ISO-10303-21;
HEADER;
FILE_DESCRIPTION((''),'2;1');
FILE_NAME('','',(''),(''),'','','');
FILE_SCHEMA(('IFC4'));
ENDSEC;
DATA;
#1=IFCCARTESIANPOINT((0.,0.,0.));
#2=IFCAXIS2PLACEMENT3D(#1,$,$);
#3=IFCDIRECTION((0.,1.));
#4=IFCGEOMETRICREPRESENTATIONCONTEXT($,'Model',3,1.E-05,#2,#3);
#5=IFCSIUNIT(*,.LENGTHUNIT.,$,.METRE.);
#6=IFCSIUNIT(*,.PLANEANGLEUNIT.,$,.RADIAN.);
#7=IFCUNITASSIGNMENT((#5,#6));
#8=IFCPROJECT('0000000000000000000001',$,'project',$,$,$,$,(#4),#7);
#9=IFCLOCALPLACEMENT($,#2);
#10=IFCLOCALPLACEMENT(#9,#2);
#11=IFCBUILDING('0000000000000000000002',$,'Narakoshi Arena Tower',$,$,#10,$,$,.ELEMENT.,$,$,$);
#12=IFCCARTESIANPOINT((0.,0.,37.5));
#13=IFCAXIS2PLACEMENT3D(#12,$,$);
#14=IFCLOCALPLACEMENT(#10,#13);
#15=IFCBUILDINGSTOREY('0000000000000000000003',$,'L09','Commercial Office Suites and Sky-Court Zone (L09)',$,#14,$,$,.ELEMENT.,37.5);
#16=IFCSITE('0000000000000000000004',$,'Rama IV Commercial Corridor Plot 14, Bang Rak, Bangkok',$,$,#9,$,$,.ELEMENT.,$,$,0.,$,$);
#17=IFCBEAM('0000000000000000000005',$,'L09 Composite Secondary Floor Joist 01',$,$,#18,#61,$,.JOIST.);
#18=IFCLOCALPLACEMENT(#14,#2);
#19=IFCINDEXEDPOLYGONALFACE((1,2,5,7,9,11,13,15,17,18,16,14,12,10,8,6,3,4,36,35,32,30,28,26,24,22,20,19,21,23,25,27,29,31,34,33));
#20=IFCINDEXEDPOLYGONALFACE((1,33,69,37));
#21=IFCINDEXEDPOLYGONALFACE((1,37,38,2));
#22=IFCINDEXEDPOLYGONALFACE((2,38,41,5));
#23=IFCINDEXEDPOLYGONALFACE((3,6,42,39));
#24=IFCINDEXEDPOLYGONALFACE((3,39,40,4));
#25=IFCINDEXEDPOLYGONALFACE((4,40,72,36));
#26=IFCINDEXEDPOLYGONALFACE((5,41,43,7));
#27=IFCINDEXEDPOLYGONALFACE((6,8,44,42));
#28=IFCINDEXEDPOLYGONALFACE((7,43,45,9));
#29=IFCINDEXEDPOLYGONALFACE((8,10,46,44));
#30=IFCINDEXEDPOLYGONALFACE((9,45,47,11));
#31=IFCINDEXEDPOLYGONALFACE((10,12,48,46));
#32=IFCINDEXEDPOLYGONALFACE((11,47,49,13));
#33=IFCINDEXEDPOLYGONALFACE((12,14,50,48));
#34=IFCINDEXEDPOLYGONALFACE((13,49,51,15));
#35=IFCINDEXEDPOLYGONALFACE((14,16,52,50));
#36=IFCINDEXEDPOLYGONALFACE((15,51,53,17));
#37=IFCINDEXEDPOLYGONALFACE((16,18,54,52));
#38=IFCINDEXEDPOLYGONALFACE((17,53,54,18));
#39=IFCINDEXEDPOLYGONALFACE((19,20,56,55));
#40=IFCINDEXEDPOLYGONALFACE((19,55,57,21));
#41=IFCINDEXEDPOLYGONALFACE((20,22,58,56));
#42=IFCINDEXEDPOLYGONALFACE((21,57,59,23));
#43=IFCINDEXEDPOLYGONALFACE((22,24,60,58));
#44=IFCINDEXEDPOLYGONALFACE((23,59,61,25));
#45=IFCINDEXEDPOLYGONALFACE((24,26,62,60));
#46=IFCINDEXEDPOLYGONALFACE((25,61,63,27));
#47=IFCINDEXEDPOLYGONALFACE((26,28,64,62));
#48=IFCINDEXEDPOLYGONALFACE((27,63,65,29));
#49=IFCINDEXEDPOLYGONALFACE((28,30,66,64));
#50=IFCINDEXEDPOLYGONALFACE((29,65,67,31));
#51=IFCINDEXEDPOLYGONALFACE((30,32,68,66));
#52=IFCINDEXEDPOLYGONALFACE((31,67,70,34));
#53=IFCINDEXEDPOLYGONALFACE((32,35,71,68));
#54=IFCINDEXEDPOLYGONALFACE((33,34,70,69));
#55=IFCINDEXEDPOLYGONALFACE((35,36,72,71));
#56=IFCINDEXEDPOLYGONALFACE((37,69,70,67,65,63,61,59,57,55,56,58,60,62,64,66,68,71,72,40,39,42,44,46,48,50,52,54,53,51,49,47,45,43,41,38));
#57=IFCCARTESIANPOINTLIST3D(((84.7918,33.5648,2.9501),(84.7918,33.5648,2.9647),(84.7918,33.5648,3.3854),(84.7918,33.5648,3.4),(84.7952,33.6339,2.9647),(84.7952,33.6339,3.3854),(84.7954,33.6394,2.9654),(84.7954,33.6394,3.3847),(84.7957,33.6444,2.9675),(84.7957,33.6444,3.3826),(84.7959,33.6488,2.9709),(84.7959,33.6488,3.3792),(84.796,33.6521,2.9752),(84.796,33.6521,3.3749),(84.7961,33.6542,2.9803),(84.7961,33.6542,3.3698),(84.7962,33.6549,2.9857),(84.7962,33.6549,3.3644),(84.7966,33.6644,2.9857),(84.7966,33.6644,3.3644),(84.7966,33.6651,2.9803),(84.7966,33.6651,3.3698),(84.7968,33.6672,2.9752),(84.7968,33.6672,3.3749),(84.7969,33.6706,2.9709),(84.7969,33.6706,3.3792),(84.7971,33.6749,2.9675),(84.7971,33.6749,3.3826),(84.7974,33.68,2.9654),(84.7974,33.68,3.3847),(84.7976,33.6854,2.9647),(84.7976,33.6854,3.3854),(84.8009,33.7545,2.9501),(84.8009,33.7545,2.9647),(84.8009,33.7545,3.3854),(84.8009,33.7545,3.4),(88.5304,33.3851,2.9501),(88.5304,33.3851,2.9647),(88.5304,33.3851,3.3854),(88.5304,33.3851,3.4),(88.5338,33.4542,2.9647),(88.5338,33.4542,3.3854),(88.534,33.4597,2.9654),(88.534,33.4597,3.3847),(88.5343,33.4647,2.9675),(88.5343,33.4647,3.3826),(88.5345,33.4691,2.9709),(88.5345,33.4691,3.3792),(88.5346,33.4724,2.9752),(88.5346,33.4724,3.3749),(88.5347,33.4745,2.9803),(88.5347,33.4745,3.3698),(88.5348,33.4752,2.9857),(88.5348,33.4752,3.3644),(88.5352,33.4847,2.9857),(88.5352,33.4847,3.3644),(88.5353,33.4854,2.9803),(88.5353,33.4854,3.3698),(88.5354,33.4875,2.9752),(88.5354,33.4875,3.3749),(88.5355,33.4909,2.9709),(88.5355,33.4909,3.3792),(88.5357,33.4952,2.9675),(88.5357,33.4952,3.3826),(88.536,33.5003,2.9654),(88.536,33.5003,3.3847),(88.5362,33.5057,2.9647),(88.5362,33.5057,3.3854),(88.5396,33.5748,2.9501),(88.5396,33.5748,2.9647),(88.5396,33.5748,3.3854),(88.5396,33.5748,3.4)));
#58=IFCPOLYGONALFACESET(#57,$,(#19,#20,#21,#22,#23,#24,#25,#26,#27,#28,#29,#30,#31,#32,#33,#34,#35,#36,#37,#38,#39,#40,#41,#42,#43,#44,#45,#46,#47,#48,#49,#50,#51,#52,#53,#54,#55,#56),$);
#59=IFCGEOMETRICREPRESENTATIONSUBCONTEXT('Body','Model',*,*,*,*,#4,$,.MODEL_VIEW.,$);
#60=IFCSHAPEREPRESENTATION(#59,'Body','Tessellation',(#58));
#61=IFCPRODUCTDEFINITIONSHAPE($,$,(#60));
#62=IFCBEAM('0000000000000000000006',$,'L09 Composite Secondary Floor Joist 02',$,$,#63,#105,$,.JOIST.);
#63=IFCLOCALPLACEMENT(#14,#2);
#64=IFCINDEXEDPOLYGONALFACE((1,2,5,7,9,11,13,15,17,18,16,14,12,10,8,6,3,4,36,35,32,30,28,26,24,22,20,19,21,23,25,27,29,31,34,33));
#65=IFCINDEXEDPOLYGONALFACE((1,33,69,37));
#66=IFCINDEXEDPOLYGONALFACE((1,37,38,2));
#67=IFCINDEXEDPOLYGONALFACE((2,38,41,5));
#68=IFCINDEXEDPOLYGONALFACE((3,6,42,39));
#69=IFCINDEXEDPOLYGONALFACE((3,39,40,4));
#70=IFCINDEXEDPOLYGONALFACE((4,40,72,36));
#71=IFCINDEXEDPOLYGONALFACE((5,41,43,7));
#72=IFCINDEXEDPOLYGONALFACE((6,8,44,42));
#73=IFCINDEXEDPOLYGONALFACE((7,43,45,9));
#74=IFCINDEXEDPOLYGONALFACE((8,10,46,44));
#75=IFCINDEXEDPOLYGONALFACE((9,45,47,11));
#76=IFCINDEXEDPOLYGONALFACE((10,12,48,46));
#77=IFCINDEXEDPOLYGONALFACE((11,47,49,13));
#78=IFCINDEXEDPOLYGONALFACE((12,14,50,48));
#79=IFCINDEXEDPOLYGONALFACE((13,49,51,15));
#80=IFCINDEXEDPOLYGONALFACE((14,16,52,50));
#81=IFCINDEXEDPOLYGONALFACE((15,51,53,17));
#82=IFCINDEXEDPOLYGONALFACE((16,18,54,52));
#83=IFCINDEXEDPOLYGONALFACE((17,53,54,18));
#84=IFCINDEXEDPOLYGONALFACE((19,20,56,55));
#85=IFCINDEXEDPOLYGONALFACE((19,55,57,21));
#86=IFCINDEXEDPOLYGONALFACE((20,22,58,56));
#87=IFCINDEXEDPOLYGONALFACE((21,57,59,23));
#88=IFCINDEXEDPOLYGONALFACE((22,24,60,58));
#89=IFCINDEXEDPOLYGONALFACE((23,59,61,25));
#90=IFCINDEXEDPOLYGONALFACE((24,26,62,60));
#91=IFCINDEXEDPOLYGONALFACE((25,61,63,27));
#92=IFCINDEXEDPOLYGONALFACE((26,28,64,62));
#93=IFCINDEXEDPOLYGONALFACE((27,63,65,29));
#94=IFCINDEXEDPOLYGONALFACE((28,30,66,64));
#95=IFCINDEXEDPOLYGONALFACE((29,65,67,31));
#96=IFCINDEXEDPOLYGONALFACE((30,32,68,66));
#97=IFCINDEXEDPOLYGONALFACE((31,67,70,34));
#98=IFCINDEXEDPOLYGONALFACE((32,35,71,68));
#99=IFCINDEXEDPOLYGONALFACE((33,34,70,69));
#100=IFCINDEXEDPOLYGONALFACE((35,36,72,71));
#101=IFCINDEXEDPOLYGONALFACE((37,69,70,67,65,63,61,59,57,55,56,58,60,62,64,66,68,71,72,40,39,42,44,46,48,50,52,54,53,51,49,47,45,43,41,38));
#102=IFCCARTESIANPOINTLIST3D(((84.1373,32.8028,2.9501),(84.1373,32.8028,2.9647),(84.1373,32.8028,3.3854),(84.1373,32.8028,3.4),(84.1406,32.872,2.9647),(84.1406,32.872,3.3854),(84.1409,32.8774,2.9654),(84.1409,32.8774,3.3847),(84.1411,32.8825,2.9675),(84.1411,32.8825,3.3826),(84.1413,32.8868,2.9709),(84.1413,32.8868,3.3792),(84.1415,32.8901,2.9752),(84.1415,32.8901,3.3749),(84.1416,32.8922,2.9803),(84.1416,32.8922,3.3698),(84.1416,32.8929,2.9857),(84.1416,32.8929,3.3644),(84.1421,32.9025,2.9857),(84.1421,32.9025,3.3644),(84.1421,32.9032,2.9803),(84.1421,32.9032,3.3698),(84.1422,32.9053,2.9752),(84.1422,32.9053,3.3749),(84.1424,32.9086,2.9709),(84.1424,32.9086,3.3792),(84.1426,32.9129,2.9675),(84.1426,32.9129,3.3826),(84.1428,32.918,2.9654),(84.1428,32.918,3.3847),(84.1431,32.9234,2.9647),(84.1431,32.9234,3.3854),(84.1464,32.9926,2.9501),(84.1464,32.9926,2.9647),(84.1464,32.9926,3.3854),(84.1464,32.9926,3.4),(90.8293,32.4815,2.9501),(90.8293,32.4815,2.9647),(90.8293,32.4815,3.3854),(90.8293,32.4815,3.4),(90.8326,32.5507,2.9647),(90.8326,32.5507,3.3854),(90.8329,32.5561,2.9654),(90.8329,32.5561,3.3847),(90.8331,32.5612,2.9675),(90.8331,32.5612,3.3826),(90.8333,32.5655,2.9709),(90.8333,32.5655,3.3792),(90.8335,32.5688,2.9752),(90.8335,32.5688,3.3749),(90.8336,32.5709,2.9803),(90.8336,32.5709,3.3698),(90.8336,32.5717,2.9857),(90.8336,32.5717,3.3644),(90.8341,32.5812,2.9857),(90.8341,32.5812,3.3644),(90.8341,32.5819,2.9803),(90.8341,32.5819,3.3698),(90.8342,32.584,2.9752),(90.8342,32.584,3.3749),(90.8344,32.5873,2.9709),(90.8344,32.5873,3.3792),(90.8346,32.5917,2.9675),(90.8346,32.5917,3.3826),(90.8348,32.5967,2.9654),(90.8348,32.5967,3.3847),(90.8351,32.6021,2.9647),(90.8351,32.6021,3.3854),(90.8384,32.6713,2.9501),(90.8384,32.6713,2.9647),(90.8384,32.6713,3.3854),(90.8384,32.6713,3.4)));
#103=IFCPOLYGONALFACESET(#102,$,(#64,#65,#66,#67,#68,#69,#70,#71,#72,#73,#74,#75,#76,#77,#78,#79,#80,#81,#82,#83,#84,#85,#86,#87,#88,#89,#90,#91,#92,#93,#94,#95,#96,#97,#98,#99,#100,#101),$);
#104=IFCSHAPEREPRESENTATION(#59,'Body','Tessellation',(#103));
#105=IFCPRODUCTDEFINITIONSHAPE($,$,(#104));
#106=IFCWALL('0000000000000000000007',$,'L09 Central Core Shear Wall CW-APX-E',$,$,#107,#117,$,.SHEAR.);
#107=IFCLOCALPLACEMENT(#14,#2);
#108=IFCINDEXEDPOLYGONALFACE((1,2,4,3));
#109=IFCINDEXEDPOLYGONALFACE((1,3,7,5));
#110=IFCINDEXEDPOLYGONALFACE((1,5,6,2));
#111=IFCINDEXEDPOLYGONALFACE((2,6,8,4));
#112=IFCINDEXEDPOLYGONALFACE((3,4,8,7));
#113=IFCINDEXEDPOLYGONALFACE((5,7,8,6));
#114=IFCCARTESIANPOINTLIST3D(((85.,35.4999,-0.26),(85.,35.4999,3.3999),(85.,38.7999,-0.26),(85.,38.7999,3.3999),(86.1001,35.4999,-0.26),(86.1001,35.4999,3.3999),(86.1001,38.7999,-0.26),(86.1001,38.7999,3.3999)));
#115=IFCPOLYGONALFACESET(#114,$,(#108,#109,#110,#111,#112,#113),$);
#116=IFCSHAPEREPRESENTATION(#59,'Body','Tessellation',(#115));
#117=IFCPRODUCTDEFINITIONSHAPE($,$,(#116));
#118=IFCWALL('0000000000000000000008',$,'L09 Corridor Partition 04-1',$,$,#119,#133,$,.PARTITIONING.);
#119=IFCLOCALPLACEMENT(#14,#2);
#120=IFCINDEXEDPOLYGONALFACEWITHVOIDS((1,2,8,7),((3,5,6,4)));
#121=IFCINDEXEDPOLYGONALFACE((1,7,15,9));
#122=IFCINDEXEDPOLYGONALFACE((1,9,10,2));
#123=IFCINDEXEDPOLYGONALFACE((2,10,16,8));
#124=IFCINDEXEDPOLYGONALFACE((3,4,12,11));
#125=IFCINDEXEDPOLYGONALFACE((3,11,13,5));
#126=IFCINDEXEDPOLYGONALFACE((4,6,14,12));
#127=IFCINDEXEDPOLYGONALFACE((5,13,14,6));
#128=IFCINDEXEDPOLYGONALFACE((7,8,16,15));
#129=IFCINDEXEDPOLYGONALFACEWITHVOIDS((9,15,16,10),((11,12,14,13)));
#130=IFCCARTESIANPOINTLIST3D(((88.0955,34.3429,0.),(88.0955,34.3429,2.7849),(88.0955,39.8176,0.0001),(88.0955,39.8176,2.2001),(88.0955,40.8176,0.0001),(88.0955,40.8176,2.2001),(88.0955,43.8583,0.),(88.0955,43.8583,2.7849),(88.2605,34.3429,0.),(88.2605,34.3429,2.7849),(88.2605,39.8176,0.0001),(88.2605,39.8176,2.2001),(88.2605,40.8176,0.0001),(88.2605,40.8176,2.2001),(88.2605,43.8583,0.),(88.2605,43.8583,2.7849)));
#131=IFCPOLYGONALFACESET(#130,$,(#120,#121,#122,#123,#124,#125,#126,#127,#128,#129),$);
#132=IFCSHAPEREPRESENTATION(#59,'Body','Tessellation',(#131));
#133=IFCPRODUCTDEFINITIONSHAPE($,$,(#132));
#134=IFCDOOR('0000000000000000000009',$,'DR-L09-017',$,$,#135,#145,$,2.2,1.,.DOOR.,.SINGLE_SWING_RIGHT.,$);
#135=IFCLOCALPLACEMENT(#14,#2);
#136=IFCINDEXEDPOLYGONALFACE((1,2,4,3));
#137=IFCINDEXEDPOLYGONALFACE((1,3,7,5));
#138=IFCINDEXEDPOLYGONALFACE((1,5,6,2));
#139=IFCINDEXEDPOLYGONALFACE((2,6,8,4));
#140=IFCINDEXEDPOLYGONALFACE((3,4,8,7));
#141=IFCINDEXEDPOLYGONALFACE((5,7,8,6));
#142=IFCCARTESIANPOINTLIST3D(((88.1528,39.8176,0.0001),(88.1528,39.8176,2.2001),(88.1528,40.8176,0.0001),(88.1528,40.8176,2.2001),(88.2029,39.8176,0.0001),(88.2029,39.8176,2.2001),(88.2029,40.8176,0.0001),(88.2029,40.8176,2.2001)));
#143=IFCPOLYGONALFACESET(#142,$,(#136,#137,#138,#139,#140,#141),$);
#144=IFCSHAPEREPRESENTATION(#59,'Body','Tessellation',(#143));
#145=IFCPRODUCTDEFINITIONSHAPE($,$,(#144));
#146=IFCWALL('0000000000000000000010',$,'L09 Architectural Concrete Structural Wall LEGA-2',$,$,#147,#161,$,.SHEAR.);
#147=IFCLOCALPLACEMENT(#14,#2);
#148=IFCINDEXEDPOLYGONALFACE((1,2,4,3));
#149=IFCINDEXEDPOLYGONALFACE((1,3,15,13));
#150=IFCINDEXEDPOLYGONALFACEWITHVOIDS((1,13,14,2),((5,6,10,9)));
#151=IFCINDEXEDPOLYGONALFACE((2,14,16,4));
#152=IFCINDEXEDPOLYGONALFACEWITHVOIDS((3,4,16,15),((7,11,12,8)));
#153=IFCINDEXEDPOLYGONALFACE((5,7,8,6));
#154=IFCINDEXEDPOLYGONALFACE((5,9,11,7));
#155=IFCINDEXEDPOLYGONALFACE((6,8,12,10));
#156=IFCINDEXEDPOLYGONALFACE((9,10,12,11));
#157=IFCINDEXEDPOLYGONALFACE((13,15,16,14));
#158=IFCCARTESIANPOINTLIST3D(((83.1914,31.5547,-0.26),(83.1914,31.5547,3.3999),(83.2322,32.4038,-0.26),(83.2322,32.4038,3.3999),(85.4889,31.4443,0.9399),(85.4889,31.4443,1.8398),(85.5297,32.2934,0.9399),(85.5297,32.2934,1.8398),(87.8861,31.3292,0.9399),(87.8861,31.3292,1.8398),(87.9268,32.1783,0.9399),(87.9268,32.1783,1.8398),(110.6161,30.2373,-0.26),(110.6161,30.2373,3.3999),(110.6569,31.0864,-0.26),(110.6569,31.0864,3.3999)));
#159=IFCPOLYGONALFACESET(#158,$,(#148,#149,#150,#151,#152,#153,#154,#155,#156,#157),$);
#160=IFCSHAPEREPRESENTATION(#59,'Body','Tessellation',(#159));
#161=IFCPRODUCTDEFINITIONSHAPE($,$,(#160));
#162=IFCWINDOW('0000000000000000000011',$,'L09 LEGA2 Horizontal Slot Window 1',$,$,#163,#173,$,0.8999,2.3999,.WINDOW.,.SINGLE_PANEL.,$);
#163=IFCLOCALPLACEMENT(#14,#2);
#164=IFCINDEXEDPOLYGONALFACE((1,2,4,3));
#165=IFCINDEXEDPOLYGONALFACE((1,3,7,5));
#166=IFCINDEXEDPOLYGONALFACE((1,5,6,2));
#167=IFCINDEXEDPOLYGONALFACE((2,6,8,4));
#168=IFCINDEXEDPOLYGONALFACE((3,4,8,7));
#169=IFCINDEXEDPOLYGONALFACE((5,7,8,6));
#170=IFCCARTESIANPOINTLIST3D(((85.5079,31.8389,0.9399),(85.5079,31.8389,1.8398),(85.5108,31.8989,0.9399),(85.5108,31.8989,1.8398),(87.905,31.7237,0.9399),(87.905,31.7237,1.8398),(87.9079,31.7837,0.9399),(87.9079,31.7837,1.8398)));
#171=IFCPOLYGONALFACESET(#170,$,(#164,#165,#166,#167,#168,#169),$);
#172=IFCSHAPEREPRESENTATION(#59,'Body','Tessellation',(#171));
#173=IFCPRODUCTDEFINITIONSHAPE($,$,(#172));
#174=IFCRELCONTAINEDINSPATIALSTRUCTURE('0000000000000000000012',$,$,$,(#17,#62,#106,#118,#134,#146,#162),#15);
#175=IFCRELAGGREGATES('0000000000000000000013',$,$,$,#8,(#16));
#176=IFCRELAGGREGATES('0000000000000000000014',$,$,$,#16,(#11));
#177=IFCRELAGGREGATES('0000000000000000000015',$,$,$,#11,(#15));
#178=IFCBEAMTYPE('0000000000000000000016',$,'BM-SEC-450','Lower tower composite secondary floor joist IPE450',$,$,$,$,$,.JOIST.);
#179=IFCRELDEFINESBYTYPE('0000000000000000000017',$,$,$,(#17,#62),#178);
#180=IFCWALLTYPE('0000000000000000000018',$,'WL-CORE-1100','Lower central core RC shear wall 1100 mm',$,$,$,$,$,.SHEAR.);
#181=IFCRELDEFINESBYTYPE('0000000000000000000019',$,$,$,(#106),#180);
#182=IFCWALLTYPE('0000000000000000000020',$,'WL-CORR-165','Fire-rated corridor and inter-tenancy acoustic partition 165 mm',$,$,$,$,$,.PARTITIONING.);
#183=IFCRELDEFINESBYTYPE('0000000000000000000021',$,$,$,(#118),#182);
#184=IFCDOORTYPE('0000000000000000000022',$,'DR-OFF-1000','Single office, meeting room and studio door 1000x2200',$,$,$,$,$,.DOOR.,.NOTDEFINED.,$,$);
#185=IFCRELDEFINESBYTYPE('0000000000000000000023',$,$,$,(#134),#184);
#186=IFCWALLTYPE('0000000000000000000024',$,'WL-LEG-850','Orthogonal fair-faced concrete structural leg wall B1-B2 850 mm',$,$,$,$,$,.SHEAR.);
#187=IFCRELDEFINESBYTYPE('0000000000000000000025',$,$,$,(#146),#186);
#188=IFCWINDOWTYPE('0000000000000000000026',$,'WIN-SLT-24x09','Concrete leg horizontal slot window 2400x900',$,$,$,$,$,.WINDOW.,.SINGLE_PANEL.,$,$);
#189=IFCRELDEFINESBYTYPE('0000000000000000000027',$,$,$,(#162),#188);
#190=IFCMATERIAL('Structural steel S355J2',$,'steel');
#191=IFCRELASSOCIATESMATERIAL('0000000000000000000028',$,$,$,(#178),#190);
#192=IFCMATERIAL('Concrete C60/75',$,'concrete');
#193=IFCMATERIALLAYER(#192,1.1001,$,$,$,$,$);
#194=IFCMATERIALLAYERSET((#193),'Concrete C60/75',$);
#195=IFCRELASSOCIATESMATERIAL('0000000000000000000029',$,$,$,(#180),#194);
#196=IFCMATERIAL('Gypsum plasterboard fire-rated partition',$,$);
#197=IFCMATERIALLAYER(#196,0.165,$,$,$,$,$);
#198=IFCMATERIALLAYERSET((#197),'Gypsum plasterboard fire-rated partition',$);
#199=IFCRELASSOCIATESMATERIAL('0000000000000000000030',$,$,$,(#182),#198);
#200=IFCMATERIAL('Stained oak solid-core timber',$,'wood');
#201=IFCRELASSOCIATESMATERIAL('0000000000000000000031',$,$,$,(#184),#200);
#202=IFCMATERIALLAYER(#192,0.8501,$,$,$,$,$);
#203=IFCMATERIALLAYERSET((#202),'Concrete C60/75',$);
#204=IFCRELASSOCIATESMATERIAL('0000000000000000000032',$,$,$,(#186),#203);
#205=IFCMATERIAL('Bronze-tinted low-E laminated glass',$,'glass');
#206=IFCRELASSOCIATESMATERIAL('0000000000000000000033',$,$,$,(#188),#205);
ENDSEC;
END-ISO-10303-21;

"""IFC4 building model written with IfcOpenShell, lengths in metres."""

from ifc_helpers import new_model, si_unit, direction, frame, frame_2d, origin, origin_2d, place, context, subcontext, project, spatial, rectangle, i_section, extrude, material, layer, layer_set, material_profile, profile_set, type_object, element, fill, save


model = new_model("IFC4")

# Units and contexts
model_context = context("Model", 3, precision=1e-05, world=origin(), true_north=direction((0.0, 1.0)))
body_context = subcontext(model_context, "Body", "Model", "MODEL_VIEW")
ifc_project = project(units=[si_unit("LENGTHUNIT", "METRE"), si_unit("PLANEANGLEUNIT", "RADIAN")], contexts=[model_context])

# Site, building, storey
site_placement = place(None, origin())
site = spatial("IfcSite", under=ifc_project, at=site_placement, Name="Rama IV Commercial Corridor Plot 14, Bang Rak, Bangkok", CompositionType="ELEMENT", RefElevation=0.0)
building_placement = place(site_placement, origin())
building = spatial("IfcBuilding", under=site, at=building_placement, Name="Narakoshi Arena Tower", CompositionType="ELEMENT")
storey_placement = place(building_placement, frame((0.0, 0.0, 37.5)))
storey = spatial("IfcBuildingStorey", under=building, at=storey_placement, Name="L09", Description="Commercial Office Suites and Sky-Court Zone (L09)", CompositionType="ELEMENT", Elevation=37.5)

# Shared definitions
ifc_material_1 = material(Name="Concrete C60/75", Category="concrete")

# Beams
ifc_material_2 = material(Name="Structural steel S355J2", Category="steel")
ifc_material_profile_1 = material_profile(ifc_material_2, i_section(OverallWidth=0.1899, OverallDepth=0.45, WebThickness=0.0095, FlangeThickness=0.0146, FilletRadius=0.021, at=origin_2d()), Name="IPE450")
ifc_profile_set_1 = profile_set([ifc_material_profile_1], Name="Structural steel S355J2")
beam_type_1 = type_object("IfcBeamType", Name="BM-SEC-450", Description="Lower tower composite secondary floor joist IPE450", PredefinedType="JOIST", material=ifc_profile_set_1)
beam_1_placement = place(storey_placement, frame((84.7964, 33.6597, 3.175), z_axis=(0.998847, -0.048008, 0.0), x_axis=(0.048008, 0.998847, 0.0)))
element("IfcBeam", 1, at=beam_1_placement, inside=storey, type_object=beam_type_1, Name="L09 Composite Secondary Floor Joist 01", PredefinedType="JOIST", context=body_context, shape_type="SweptSolid", body=[
    extrude(i_section(OverallWidth=0.1899, OverallDepth=0.45, WebThickness=0.0095, FlangeThickness=0.0146, FilletRadius=0.021, at=origin_2d()), origin(), (0.0, 0.0, 1.0), 3.7429),
])
beam_2_placement = place(storey_placement, frame((84.1418, 32.8977, 3.175), z_axis=(0.998849, -0.047956, 0.0), x_axis=(0.047956, 0.998849, 0.0)))
element("IfcBeam", 2, at=beam_2_placement, inside=storey, type_object=beam_type_1, Name="L09 Composite Secondary Floor Joist 02", PredefinedType="JOIST", context=body_context, shape_type="SweptSolid", body=[
    extrude(i_section(OverallWidth=0.1899, OverallDepth=0.45, WebThickness=0.0095, FlangeThickness=0.0146, FilletRadius=0.021, at=origin_2d()), origin(), (0.0, 0.0, 1.0), 6.6997),
])

# Wall
ifc_layer_1 = layer(ifc_material_1, 1.1001)
ifc_layer_set_1 = layer_set([ifc_layer_1], Name="Concrete C60/75")
wall_type_1 = type_object("IfcWallType", Name="WL-CORE-1100", Description="Lower central core RC shear wall 1100 mm", PredefinedType="SHEAR", material=ifc_layer_set_1)
wall_1_placement = place(storey_placement, frame((85.55, 35.5, -0.26), z_axis=(0.0, 0.0, 1.0), x_axis=(0.0, 1.0, 0.0)))
element("IfcWall", 3, at=wall_1_placement, inside=storey, type_object=wall_type_1, Name="L09 Central Core Shear Wall CW-APX-E", PredefinedType="SHEAR", context=body_context, shape_type="SweptSolid", body=[
    extrude(rectangle(XDim=3.3, YDim=1.1001, at=frame_2d((1.6499, 0.0))), origin(), (0.0, 0.0, 1.0), 3.6599),
])

# Wall, opening, door
ifc_material_3 = material(Name="Gypsum plasterboard fire-rated partition")
ifc_layer_2 = layer(ifc_material_3, 0.165)
ifc_layer_set_2 = layer_set([ifc_layer_2], Name="Gypsum plasterboard fire-rated partition")
wall_type_2 = type_object("IfcWallType", Name="WL-CORR-165", Description="Fire-rated corridor and inter-tenancy acoustic partition 165 mm", PredefinedType="PARTITIONING", material=ifc_layer_set_2)
wall_2_placement = place(storey_placement, frame((88.178, 34.3428, 0.0), z_axis=(0.0, 0.0, 1.0), x_axis=(0.0, 1.0, 0.0)))
wall_2 = element("IfcWall", 4, at=wall_2_placement, inside=storey, type_object=wall_type_2, Name="L09 Corridor Partition 04-1", PredefinedType="PARTITIONING", context=body_context, shape_type="SweptSolid", body=[
    extrude(rectangle(XDim=9.5154, YDim=0.165, at=frame_2d((4.7578, 0.0))), origin(), (0.0, 0.0, 1.0), 2.7849),
])
opening_1_placement = place(wall_2_placement, frame((5.4749, 0.0, 0.0)))
opening_1 = element("IfcOpeningElement", 5, at=opening_1_placement, cuts=wall_2, PredefinedType="OPENING", context=body_context, shape_type="SweptSolid", body=[
    extrude(rectangle(XDim=1.0, YDim=2.2, at=frame_2d((0.5, 1.1001))), frame((0.0, 0.0925, 0.0), z_axis=(0.0, -1.0, 0.0), x_axis=(1.0, 0.0, 0.0)), (0.0, 0.0, 1.0), 0.1851),
])
ifc_material_4 = material(Name="Stained oak solid-core timber", Category="wood")
door_type = type_object("IfcDoorType", Name="DR-OFF-1000", Description="Single office, meeting room and studio door 1000x2200", OperationType="NOTDEFINED", PredefinedType="DOOR", material=ifc_material_4)
door_placement = place(opening_1_placement, frame((1.0, 0.0, 0.0), z_axis=(0.0, 0.0, 1.0), x_axis=(-1.0, 0.0, 0.0)))
door = element("IfcDoor", 6, at=door_placement, inside=storey, type_object=door_type, Name="DR-L09-017", OperationType="SINGLE_SWING_RIGHT", OverallHeight=2.2, OverallWidth=1.0, PredefinedType="DOOR", context=body_context, shape_type="SweptSolid", body=[
    extrude(rectangle(XDim=1.0, YDim=2.2, at=frame_2d((0.5, 1.1001))), frame((0.0, 0.0249, 0.0), z_axis=(0.0, -1.0, 0.0), x_axis=(1.0, 0.0, 0.0)), (0.0, 0.0, 1.0), 0.05),
])
fill(opening_1, door)

# Wall, opening, window
ifc_layer_3 = layer(ifc_material_1, 0.8501)
ifc_layer_set_3 = layer_set([ifc_layer_3], Name="Concrete C60/75")
wall_type_3 = type_object("IfcWallType", Name="WL-LEG-850", Description="Orthogonal fair-faced concrete structural leg wall B1-B2 850 mm", PredefinedType="SHEAR", material=ifc_layer_set_3)
wall_3_placement = place(storey_placement, frame((83.2119, 31.9792, -0.26), z_axis=(0.0, 0.0, 1.0), x_axis=(0.998848, -0.047981, 0.0)))
wall_3 = element("IfcWall", 7, at=wall_3_placement, inside=storey, type_object=wall_type_3, Name="L09 Architectural Concrete Structural Wall LEGA-2", PredefinedType="SHEAR", context=body_context, shape_type="SweptSolid", body=[
    extrude(rectangle(XDim=27.4563, YDim=0.8501, at=frame_2d((13.728, 0.0))), origin(), (0.0, 0.0, 1.0), 3.6599),
])
opening_2_placement = place(wall_3_placement, frame((2.3, 0.0, 1.2)))
opening_2 = element("IfcOpeningElement", 8, at=opening_2_placement, cuts=wall_3, PredefinedType="OPENING", context=body_context, shape_type="SweptSolid", body=[
    extrude(rectangle(XDim=2.3999, YDim=0.8999, at=frame_2d((1.2, 0.45))), frame((0.0, 0.4351, 0.0), z_axis=(0.0, -1.0, 0.0), x_axis=(1.0, 0.0, 0.0)), (0.0, 0.0, 1.0), 0.8701),
])
ifc_material_5 = material(Name="Bronze-tinted low-E laminated glass", Category="glass")
window_type = type_object("IfcWindowType", Name="WIN-SLT-24x09", Description="Concrete leg horizontal slot window 2400x900", PartitioningType="SINGLE_PANEL", PredefinedType="WINDOW", material=ifc_material_5)
window_placement = place(opening_2_placement, origin())
window = element("IfcWindow", 9, at=window_placement, inside=storey, type_object=window_type, Name="L09 LEGA2 Horizontal Slot Window 1", OverallHeight=0.8999, OverallWidth=2.3999, PartitioningType="SINGLE_PANEL", PredefinedType="WINDOW", context=body_context, shape_type="SweptSolid", body=[
    extrude(rectangle(XDim=2.3999, YDim=0.8999, at=frame_2d((1.2, 0.45))), frame((0.0, 0.03, 0.0), z_axis=(0.0, -1.0, 0.0), x_axis=(1.0, 0.0, 0.0)), (0.0, 0.0, 1.0), 0.0601),
])
fill(opening_2, window)

save(model, "model.ifc")
